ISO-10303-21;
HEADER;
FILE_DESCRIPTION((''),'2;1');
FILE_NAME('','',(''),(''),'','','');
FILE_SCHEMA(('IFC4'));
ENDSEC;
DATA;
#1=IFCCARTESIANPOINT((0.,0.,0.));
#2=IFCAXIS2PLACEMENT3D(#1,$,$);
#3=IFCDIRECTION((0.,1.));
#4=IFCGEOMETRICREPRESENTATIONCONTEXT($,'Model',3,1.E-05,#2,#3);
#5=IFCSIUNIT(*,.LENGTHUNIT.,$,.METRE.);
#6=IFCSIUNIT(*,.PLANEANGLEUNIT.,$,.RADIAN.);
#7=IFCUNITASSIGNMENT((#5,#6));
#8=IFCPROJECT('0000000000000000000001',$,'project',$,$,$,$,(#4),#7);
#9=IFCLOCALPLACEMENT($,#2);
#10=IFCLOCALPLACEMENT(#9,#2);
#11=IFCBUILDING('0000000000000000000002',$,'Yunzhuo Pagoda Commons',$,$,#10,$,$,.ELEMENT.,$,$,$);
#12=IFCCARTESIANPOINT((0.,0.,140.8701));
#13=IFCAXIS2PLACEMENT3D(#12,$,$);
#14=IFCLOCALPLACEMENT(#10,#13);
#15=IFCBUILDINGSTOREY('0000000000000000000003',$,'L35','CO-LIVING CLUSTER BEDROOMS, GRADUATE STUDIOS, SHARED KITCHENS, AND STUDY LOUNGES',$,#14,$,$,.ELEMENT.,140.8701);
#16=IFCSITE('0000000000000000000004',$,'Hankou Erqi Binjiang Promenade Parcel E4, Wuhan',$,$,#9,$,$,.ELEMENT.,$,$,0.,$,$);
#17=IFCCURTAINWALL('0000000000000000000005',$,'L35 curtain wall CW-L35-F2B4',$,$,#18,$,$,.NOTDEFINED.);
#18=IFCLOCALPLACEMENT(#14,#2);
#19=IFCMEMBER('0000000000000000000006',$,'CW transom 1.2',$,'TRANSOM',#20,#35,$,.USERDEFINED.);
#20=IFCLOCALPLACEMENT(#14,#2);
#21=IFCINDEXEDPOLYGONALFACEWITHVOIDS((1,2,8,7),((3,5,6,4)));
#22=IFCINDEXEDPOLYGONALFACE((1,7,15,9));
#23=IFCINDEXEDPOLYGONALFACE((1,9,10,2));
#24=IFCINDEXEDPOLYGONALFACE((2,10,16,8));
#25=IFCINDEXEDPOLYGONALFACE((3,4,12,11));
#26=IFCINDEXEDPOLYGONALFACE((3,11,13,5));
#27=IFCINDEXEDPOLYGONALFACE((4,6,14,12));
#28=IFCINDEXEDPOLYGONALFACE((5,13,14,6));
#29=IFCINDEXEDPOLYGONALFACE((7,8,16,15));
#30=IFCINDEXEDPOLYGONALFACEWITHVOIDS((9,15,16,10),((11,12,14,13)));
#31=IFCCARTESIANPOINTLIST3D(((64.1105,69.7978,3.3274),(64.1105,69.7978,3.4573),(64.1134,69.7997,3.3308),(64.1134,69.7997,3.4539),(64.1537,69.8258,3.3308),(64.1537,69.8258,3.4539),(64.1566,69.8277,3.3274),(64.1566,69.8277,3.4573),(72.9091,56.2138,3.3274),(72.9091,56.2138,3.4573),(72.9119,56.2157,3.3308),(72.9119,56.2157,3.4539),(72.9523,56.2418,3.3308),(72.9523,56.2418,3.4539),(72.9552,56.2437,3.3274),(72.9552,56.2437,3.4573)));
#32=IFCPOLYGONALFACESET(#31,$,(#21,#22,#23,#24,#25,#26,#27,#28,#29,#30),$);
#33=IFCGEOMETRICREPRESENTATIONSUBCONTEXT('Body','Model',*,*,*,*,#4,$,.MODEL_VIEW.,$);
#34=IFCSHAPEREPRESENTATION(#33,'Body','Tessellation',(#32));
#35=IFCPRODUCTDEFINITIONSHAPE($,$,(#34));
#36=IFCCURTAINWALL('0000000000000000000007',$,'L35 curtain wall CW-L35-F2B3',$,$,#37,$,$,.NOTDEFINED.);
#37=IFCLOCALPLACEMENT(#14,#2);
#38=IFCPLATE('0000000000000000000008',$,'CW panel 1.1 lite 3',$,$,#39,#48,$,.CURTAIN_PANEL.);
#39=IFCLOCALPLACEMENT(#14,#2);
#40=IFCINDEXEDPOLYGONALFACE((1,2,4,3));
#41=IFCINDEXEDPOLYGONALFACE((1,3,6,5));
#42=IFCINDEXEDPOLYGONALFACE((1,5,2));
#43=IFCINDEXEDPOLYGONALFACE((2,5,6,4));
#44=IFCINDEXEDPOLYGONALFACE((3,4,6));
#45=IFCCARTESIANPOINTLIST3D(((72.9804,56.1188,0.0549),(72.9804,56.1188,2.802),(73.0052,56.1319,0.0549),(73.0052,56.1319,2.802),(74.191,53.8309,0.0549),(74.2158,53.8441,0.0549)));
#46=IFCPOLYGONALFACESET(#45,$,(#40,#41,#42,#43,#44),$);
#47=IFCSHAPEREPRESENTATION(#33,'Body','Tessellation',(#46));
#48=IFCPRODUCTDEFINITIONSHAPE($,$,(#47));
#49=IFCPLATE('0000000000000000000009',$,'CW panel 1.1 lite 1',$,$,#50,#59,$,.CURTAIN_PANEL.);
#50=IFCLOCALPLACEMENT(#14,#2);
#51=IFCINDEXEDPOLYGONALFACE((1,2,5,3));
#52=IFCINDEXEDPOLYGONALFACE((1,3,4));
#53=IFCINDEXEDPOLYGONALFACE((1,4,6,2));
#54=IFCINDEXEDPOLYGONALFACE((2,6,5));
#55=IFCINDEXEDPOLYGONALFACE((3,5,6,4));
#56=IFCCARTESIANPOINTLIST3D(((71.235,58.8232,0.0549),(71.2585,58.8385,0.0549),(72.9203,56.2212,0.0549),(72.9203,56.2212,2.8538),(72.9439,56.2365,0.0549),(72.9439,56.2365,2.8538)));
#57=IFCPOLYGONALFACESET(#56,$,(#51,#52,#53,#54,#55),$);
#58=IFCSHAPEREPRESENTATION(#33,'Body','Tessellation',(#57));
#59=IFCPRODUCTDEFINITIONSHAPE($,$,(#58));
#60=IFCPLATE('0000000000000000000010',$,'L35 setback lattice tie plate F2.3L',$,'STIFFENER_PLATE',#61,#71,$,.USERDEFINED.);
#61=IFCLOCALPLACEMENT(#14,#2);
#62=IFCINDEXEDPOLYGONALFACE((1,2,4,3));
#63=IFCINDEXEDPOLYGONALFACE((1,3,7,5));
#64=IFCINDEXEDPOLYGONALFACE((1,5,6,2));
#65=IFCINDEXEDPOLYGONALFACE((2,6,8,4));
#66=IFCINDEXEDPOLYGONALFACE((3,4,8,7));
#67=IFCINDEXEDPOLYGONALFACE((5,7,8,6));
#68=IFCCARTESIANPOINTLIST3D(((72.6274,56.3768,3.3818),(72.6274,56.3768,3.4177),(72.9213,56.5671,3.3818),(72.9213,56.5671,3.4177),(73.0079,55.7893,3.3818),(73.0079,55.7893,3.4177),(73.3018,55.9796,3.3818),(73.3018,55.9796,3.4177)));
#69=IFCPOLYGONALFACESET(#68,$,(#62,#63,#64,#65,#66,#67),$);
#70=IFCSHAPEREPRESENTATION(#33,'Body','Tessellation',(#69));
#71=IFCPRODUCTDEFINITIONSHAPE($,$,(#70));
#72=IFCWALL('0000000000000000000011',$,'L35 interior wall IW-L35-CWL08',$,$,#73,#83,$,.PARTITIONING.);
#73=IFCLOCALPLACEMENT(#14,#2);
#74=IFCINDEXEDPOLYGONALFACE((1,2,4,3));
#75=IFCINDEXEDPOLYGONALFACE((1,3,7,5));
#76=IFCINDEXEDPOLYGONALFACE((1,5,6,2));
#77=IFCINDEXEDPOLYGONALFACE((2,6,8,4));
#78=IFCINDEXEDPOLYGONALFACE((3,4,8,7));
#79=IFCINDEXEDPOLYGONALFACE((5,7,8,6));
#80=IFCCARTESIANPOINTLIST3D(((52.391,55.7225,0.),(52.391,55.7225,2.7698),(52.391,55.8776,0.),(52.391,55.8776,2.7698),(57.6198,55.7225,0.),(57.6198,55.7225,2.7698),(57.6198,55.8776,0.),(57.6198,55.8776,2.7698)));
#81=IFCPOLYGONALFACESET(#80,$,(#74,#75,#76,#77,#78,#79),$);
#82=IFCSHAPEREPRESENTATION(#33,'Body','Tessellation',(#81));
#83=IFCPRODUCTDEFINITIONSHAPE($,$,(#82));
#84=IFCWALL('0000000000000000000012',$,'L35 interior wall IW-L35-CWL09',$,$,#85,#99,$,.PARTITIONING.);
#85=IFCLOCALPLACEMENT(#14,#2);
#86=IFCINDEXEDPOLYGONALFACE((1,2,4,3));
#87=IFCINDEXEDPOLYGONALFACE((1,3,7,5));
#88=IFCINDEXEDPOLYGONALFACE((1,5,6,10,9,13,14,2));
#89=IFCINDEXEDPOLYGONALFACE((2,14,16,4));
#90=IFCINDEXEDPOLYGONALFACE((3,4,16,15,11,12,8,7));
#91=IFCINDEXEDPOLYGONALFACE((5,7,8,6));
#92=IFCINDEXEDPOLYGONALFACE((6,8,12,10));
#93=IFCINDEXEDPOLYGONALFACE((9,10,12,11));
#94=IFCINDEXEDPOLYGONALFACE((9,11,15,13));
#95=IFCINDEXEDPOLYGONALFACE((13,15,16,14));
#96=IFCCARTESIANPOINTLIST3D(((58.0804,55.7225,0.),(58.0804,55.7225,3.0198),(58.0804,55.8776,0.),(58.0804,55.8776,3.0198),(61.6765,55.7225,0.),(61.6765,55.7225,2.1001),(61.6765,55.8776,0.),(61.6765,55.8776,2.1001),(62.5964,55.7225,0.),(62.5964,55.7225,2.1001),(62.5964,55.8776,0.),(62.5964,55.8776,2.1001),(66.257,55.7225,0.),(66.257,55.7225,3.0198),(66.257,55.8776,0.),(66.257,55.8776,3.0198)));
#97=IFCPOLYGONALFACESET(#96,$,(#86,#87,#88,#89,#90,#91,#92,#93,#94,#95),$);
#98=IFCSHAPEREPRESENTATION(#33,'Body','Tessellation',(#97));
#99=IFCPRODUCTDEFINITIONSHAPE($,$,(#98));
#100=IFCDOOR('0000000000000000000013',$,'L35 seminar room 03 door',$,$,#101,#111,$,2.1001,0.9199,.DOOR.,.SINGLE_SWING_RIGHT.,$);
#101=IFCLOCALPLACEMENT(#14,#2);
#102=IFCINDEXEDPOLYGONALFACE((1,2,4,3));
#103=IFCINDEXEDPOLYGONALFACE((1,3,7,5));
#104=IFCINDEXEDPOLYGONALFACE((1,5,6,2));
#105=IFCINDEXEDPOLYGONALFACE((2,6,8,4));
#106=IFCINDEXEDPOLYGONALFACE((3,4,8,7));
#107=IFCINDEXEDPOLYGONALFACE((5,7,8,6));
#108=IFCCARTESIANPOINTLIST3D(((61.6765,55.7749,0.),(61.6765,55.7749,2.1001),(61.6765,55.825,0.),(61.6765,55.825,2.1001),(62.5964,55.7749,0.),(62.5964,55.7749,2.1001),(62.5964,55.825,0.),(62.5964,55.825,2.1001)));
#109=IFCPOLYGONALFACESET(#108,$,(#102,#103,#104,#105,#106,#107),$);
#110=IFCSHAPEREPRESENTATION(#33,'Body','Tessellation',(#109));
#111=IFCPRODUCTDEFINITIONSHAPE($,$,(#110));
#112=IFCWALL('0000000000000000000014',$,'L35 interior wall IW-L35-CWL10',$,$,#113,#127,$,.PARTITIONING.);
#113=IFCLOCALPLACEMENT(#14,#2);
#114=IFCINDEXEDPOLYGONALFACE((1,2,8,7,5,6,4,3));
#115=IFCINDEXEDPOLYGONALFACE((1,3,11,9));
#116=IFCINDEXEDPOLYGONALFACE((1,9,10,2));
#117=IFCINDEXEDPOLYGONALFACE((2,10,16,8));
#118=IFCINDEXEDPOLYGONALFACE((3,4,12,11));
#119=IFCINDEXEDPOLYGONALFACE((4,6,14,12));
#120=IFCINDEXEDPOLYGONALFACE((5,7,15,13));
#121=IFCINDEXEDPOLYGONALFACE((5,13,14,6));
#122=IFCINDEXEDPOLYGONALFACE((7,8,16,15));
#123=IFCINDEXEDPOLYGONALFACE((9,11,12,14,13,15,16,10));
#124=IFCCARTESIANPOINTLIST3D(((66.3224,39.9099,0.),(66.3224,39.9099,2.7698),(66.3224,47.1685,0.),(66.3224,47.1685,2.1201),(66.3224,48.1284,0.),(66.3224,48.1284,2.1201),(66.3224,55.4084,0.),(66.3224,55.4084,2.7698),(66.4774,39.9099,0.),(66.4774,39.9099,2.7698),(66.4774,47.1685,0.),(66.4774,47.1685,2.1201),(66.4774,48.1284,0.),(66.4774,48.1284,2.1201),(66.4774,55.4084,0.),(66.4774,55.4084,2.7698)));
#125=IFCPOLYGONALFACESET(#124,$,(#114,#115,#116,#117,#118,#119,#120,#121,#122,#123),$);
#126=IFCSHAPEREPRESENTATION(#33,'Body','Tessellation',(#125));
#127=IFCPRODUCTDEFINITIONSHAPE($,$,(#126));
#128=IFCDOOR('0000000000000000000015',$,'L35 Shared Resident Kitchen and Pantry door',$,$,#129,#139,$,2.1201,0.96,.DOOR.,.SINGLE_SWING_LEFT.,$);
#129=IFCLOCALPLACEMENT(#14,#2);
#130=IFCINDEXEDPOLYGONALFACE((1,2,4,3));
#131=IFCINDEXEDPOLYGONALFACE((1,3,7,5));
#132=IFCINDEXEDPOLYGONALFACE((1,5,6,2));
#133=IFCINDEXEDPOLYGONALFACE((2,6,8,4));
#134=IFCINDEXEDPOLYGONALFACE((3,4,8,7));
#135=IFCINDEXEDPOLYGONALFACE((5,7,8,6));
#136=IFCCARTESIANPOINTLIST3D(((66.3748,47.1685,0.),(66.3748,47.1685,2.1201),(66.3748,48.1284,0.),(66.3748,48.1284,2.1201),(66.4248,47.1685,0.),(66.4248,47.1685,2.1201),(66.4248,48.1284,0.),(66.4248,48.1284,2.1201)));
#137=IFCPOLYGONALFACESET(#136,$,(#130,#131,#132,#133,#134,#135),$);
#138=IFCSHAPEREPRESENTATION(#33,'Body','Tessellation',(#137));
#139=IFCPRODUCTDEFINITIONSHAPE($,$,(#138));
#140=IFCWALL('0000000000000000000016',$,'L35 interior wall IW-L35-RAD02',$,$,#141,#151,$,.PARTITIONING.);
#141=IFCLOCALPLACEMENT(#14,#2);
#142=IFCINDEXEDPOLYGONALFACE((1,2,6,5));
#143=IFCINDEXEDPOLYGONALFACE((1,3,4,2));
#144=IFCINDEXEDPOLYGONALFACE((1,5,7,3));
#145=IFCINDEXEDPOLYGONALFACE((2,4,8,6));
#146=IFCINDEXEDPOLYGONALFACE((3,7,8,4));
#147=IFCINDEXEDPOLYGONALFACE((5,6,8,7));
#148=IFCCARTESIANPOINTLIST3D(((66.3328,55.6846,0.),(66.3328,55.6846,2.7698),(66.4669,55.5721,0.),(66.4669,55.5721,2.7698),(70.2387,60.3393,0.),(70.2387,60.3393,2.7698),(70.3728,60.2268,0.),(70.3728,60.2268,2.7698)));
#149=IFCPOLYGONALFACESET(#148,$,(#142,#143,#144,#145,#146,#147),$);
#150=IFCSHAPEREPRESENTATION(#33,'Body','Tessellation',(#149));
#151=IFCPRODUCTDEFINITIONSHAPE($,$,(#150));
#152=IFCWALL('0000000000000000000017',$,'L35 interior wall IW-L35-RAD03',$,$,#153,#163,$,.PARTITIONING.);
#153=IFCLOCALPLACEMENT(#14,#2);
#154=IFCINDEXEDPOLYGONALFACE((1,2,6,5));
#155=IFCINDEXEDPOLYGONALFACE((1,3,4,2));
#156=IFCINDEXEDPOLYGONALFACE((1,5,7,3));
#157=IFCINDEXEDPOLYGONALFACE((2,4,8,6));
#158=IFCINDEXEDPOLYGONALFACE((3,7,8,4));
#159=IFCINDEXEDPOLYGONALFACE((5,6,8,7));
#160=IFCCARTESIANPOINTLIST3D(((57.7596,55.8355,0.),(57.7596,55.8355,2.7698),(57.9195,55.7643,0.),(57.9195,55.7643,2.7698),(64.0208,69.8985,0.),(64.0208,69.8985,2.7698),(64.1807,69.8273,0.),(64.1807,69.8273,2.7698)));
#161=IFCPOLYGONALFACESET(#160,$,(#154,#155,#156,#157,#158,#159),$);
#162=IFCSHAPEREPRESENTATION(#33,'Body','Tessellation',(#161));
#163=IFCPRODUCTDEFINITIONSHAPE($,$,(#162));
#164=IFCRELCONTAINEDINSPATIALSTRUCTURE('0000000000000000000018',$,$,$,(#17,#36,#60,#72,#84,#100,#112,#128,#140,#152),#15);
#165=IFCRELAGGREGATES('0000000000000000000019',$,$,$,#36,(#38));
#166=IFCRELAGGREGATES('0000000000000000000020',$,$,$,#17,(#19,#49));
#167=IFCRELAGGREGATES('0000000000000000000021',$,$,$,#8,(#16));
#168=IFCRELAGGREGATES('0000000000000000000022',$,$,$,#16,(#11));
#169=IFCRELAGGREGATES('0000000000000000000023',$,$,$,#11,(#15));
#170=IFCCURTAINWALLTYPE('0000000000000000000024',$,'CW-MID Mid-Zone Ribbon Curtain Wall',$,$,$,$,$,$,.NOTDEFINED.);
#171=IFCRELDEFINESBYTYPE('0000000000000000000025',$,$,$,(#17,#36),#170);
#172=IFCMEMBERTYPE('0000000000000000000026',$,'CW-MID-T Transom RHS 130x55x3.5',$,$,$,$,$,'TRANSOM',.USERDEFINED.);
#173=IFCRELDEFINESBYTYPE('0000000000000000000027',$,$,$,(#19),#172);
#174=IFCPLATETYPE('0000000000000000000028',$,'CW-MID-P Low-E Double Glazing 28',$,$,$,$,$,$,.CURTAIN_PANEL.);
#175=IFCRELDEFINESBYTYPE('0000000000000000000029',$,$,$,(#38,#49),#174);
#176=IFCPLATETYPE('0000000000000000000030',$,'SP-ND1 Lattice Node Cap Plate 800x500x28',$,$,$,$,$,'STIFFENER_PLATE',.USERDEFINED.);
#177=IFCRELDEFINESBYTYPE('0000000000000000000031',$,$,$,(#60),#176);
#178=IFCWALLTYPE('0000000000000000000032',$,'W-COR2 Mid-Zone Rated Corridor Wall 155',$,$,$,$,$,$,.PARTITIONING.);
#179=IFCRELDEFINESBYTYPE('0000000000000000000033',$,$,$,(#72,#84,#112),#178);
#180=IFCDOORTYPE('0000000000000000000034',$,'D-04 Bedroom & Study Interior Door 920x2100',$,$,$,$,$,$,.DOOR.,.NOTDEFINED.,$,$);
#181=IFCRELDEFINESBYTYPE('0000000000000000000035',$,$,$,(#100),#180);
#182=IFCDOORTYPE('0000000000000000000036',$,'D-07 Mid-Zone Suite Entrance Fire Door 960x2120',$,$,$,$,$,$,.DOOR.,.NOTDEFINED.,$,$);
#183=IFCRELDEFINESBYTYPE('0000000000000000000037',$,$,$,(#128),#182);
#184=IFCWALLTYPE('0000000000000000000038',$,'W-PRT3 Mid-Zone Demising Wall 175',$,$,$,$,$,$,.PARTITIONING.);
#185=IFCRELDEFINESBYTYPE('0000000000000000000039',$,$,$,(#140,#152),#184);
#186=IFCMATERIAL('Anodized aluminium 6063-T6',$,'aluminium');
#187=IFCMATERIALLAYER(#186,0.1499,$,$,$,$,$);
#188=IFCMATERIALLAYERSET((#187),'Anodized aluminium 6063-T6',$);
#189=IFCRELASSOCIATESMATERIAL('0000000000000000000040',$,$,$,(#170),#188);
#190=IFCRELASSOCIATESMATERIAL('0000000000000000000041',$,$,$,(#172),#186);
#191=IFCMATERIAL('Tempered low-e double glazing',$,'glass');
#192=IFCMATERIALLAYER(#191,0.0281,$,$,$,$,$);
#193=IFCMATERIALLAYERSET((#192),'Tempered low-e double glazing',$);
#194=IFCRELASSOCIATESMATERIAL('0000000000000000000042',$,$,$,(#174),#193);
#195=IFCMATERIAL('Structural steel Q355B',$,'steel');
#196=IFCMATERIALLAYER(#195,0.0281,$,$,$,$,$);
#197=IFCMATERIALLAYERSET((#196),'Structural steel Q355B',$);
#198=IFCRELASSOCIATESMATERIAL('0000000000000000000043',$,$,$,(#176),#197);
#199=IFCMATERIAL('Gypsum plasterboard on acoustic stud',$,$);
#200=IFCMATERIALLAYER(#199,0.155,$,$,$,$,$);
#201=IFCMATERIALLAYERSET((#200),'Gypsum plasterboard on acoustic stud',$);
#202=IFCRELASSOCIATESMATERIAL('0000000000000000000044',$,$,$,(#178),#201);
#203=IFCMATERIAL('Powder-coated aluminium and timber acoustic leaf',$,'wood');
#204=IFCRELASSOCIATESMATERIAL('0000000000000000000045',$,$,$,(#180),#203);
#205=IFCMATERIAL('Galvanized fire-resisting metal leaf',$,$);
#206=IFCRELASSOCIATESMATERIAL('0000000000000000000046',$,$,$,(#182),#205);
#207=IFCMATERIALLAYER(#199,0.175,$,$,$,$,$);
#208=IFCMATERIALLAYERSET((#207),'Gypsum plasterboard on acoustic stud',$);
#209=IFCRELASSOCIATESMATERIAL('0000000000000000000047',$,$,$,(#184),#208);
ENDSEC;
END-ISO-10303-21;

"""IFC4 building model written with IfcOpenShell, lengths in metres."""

from ifc_helpers import new_model, si_unit, direction, frame, frame_2d, origin, origin_with_axes, origin_2d, place, context, subcontext, project, spatial, polyline, rectangle, hollow_rectangle, outline, extrude, source, transform, mapped, material, layer, layer_set, material_profile, profile_set, type_object, element, fill, aggregate, save


model = new_model("IFC4")

# Units and contexts
model_context = context("Model", 3, precision=1e-05, world=origin(), true_north=direction((0.0, 1.0)))
body_context = subcontext(model_context, "Body", "Model", "MODEL_VIEW")
ifc_project = project(units=[si_unit("LENGTHUNIT", "METRE"), si_unit("PLANEANGLEUNIT", "RADIAN")], contexts=[model_context])

# Site, building, storey
site_placement = place(None, origin())
site = spatial("IfcSite", under=ifc_project, at=site_placement, Name="Hankou Erqi Binjiang Promenade Parcel E4, Wuhan", CompositionType="ELEMENT", RefElevation=0.0)
building_placement = place(site_placement, origin())
building = spatial("IfcBuilding", under=site, at=building_placement, Name="Yunzhuo Pagoda Commons", CompositionType="ELEMENT")
storey_placement = place(building_placement, frame((0.0, 0.0, 140.8701)))
storey = spatial("IfcBuildingStorey", under=building, at=storey_placement, Name="L35", Description="CO-LIVING CLUSTER BEDROOMS, GRADUATE STUDIOS, SHARED KITCHENS, AND STUDY LOUNGES", CompositionType="ELEMENT", Elevation=140.8701)

# Shared definitions
ifc_material_1 = material(Name="Structural steel Q355B", Category="steel")

# Curtain wall, member
ifc_material_2 = material(Name="Anodized aluminium 6063-T6", Category="aluminium")
ifc_layer_1 = layer(ifc_material_2, 0.1499)
ifc_layer_set_1 = layer_set([ifc_layer_1], Name="Anodized aluminium 6063-T6")
curtain_wall_type = type_object("IfcCurtainWallType", Name="CW-MID Mid-Zone Ribbon Curtain Wall", PredefinedType="NOTDEFINED", material=ifc_layer_set_1)
curtain_wall_1_placement = place(storey_placement, origin())
curtain_wall_1 = element("IfcCurtainWall", 1, at=curtain_wall_1_placement, inside=storey, type_object=curtain_wall_type, Name="L35 curtain wall CW-L35-F2B4", PredefinedType="NOTDEFINED")
ifc_material_profile_1 = material_profile(ifc_material_2, hollow_rectangle(XDim=0.0549, YDim=0.1299, WallThickness=0.0034, at=origin_2d()), Name="Anodized aluminium 6063-T6")
ifc_profile_set_1 = profile_set([ifc_material_profile_1], Name="Anodized aluminium 6063-T6")
member_type_1 = type_object("IfcMemberType", Name="CW-MID-T Transom RHS 130x55x3.5", ElementType="TRANSOM", PredefinedType="USERDEFINED", material=ifc_profile_set_1)
shared_shape_1 = source(origin(), body_context, "Body", "SweptSolid", [
    extrude(hollow_rectangle(XDim=0.0549, YDim=0.1299, WallThickness=0.0034, at=origin_2d()), origin(), (0.0, 0.0, 1.0), 16.1846),
])
member_1_placement = place(storey_placement, frame((72.9321, 56.2288, 3.3923), z_axis=(-0.543641, 0.839318, 0.0), x_axis=(-0.839318, -0.543641, 0.0)))
member_1 = element("IfcMember", 2, at=member_1_placement, type_object=member_type_1, Name="CW transom 1.2", ObjectType="TRANSOM", PredefinedType="USERDEFINED", context=body_context, shape_type="MappedRepresentation", body=[
    mapped(shared_shape_1, transform((0.0, 0.0, 0.0), scale=1.0)),
])

# Curtain wall, plate
curtain_wall_2_placement = place(storey_placement, origin())
curtain_wall_2 = element("IfcCurtainWall", 3, at=curtain_wall_2_placement, inside=storey, type_object=curtain_wall_type, Name="L35 curtain wall CW-L35-F2B3", PredefinedType="NOTDEFINED")
ifc_material_3 = material(Name="Tempered low-e double glazing", Category="glass")
ifc_layer_2 = layer(ifc_material_3, 0.0281)
ifc_layer_set_2 = layer_set([ifc_layer_2], Name="Tempered low-e double glazing")
plate_type_1 = type_object("IfcPlateType", Name="CW-MID-P Low-E Double Glazing 28", PredefinedType="CURTAIN_PANEL", material=ifc_layer_set_2)
plate_1_placement = place(storey_placement, frame((73.5857, 54.9749, 1.4285), z_axis=(0.883879, 0.467715, 0.0), x_axis=(-0.467715, 0.883879, 0.0)))
plate_1 = element("IfcPlate", 4, at=plate_1_placement, type_object=plate_type_1, Name="CW panel 1.1 lite 3", PredefinedType="CURTAIN_PANEL", context=body_context, shape_type="SweptSolid", body=[
    extrude(outline(polyline([(-1.2942, -1.3735), (1.2942, -1.3735), (1.2942, 1.3735), (-1.2942, -1.3735)])), origin(), (0.0, 0.0, 1.0), 0.0281),
])
aggregate(curtain_wall_2, [plate_1])

# Plates
plate_2_placement = place(storey_placement, frame((72.0776, 57.5222, 1.4543), z_axis=(0.83932, 0.543637, 0.0), x_axis=(-0.543637, 0.83932, 0.0)))
plate_2 = element("IfcPlate", 5, at=plate_2_placement, type_object=plate_type_1, Name="CW panel 1.1 lite 1", PredefinedType="CURTAIN_PANEL", context=body_context, shape_type="SweptSolid", body=[
    extrude(outline(polyline([(-1.55, -1.3994), (1.55, -1.3994), (-1.55, 1.3994), (-1.55, -1.3994)])), origin(), (0.0, 0.0, 1.0), 0.0281),
])
aggregate(curtain_wall_1, [member_1, plate_2])
ifc_layer_3 = layer(ifc_material_1, 0.0281)
ifc_layer_set_3 = layer_set([ifc_layer_3], Name="Structural steel Q355B")
plate_type_2 = type_object("IfcPlateType", Name="SP-ND1 Lattice Node Cap Plate 800x500x28", ElementType="STIFFENER_PLATE", PredefinedType="USERDEFINED", material=ifc_layer_set_3)
shared_shape_2 = source(origin(), body_context, "Body", "SweptSolid", [
    extrude(rectangle(XDim=0.7, YDim=0.3501, at=origin_2d()), origin(), (0.0, 0.0, 1.0), 0.0359),
])
plate_3_placement = place(storey_placement, frame((72.9646, 56.1782, 3.3818), z_axis=(0.0, 0.0, 1.0), x_axis=(-0.543643, 0.839316, 0.0)))
element("IfcPlate", 6, at=plate_3_placement, inside=storey, type_object=plate_type_2, Name="L35 setback lattice tie plate F2.3L", ObjectType="STIFFENER_PLATE", PredefinedType="USERDEFINED", context=body_context, shape_type="MappedRepresentation", body=[
    mapped(shared_shape_2, transform((0.0, 0.0, 0.0), scale=1.0)),
])

# Wall
ifc_material_4 = material(Name="Gypsum plasterboard on acoustic stud")
ifc_layer_4 = layer(ifc_material_4, 0.155)
ifc_layer_set_4 = layer_set([ifc_layer_4], Name="Gypsum plasterboard on acoustic stud")
wall_type_1 = type_object("IfcWallType", Name="W-COR2 Mid-Zone Rated Corridor Wall 155", PredefinedType="PARTITIONING", material=ifc_layer_set_4)
wall_1_placement = place(storey_placement, frame((52.3911, 55.8, 0.0), z_axis=(0.0, 0.0, 1.0), x_axis=(1.0, 0.0, 0.0)))
element("IfcWall", 7, at=wall_1_placement, inside=storey, type_object=wall_type_1, Name="L35 interior wall IW-L35-CWL08", PredefinedType="PARTITIONING", context=body_context, shape_type="SweptSolid", body=[
    extrude(rectangle(XDim=5.2288, YDim=0.155, at=frame_2d((2.6143, 0.0))), origin(), (0.0, 0.0, 1.0), 2.7698),
])

# Walls, openings, doors
wall_2_placement = place(storey_placement, frame((58.0803, 55.8, 0.0), z_axis=(0.0, 0.0, 1.0), x_axis=(1.0, 0.0, 0.0)))
wall_2 = element("IfcWall", 8, at=wall_2_placement, inside=storey, type_object=wall_type_1, Name="L35 interior wall IW-L35-CWL09", PredefinedType="PARTITIONING", context=body_context, shape_type="SweptSolid", body=[
    extrude(rectangle(XDim=8.1765, YDim=0.155, at=frame_2d((4.0884, 0.0))), origin(), (0.0, 0.0, 1.0), 3.0198),
])
opening_1_placement = place(wall_2_placement, frame((3.5962, 0.0, 0.0)))
opening_1 = element("IfcOpeningElement", 9, at=opening_1_placement, cuts=wall_2, PredefinedType="OPENING", context=body_context, shape_type="SweptSolid", body=[
    extrude(rectangle(XDim=0.9199, YDim=2.1001, at=frame_2d((0.46, 1.05))), frame((0.0, 0.0874, 0.0), z_axis=(0.0, -1.0, 0.0), x_axis=(1.0, 0.0, 0.0)), (0.0, 0.0, 1.0), 0.175),
])
ifc_material_5 = material(Name="Powder-coated aluminium and timber acoustic leaf", Category="wood")
door_type_1 = type_object("IfcDoorType", Name="D-04 Bedroom & Study Interior Door 920x2100", OperationType="NOTDEFINED", PredefinedType="DOOR", material=ifc_material_5)
shared_shape_3 = source(origin(), body_context, "Body", "SweptSolid", [
    extrude(rectangle(XDim=0.9199, YDim=2.1001, at=frame_2d((0.46, 1.05))), frame((0.0, 0.0249, 0.0), z_axis=(0.0, -1.0, 0.0), x_axis=(1.0, 0.0, 0.0)), (0.0, 0.0, 1.0), 0.05),
])
door_1_placement = place(opening_1_placement, origin_with_axes())
door_1 = element("IfcDoor", 10, at=door_1_placement, inside=storey, type_object=door_type_1, Name="L35 seminar room 03 door", OperationType="SINGLE_SWING_RIGHT", OverallHeight=2.1001, OverallWidth=0.9199, PredefinedType="DOOR", context=body_context, shape_type="MappedRepresentation", body=[
    mapped(shared_shape_3, transform((0.0, 0.0, 0.0), scale=1.0)),
])
fill(opening_1, door_1)
wall_3_placement = place(storey_placement, frame((66.3999, 55.4084, 0.0), z_axis=(0.0, 0.0, 1.0), x_axis=(0.0, -1.0, 0.0)))
wall_3 = element("IfcWall", 11, at=wall_3_placement, inside=storey, type_object=wall_type_1, Name="L35 interior wall IW-L35-CWL10", PredefinedType="PARTITIONING", context=body_context, shape_type="SweptSolid", body=[
    extrude(rectangle(XDim=15.4985, YDim=0.155, at=frame_2d((7.7493, 0.0))), origin(), (0.0, 0.0, 1.0), 2.7698),
])
opening_2_placement = place(wall_3_placement, frame((7.28, 0.0, 0.0)))
opening_2 = element("IfcOpeningElement", 12, at=opening_2_placement, cuts=wall_3, PredefinedType="OPENING", context=body_context, shape_type="SweptSolid", body=[
    extrude(rectangle(XDim=0.96, YDim=2.1201, at=frame_2d((0.48, 1.0601))), frame((0.0, 0.0874, 0.0), z_axis=(0.0, -1.0, 0.0), x_axis=(1.0, 0.0, 0.0)), (0.0, 0.0, 1.0), 0.175),
])
ifc_material_6 = material(Name="Galvanized fire-resisting metal leaf")
door_type_2 = type_object("IfcDoorType", Name="D-07 Mid-Zone Suite Entrance Fire Door 960x2120", OperationType="NOTDEFINED", PredefinedType="DOOR", material=ifc_material_6)
shared_shape_4 = source(origin(), body_context, "Body", "SweptSolid", [
    extrude(rectangle(XDim=0.96, YDim=2.1201, at=frame_2d((0.48, 1.0601))), frame((0.0, 0.0249, 0.0), z_axis=(0.0, -1.0, 0.0), x_axis=(1.0, 0.0, 0.0)), (0.0, 0.0, 1.0), 0.05),
])
door_2_placement = place(opening_2_placement, origin_with_axes())
door_2 = element("IfcDoor", 13, at=door_2_placement, inside=storey, type_object=door_type_2, Name="L35 Shared Resident Kitchen and Pantry door", OperationType="SINGLE_SWING_LEFT", OverallHeight=2.1201, OverallWidth=0.96, PredefinedType="DOOR", context=body_context, shape_type="MappedRepresentation", body=[
    mapped(shared_shape_4, transform((0.0, 0.0, 0.0), scale=1.0)),
])
fill(opening_2, door_2)

# Walls
ifc_layer_5 = layer(ifc_material_4, 0.175)
ifc_layer_set_5 = layer_set([ifc_layer_5], Name="Gypsum plasterboard on acoustic stud")
wall_type_2 = type_object("IfcWallType", Name="W-PRT3 Mid-Zone Demising Wall 175", PredefinedType="PARTITIONING", material=ifc_layer_set_5)
wall_4_placement = place(storey_placement, frame((66.3999, 55.6284, 0.0), z_axis=(0.0, 0.0, 1.0), x_axis=(0.642805, 0.76603, 0.0)))
element("IfcWall", 14, at=wall_4_placement, inside=storey, type_object=wall_type_2, Name="L35 interior wall IW-L35-RAD02", PredefinedType="PARTITIONING", context=body_context, shape_type="SweptSolid", body=[
    extrude(rectangle(XDim=6.0764, YDim=0.175, at=frame_2d((3.0381, 0.0))), origin(), (0.0, 0.0, 1.0), 2.7698),
])
wall_5_placement = place(storey_placement, frame((57.8396, 55.8, 0.0), z_axis=(0.0, 0.0, 1.0), x_axis=(0.406736, 0.913546, 0.0)))
element("IfcWall", 15, at=wall_5_placement, inside=storey, type_object=wall_type_2, Name="L35 interior wall IW-L35-RAD03", PredefinedType="PARTITIONING", context=body_context, shape_type="SweptSolid", body=[
    extrude(rectangle(XDim=15.3938, YDim=0.175, at=frame_2d((7.6968, 0.0))), origin(), (0.0, 0.0, 1.0), 2.7698),
])

save(model, "model.ifc")
